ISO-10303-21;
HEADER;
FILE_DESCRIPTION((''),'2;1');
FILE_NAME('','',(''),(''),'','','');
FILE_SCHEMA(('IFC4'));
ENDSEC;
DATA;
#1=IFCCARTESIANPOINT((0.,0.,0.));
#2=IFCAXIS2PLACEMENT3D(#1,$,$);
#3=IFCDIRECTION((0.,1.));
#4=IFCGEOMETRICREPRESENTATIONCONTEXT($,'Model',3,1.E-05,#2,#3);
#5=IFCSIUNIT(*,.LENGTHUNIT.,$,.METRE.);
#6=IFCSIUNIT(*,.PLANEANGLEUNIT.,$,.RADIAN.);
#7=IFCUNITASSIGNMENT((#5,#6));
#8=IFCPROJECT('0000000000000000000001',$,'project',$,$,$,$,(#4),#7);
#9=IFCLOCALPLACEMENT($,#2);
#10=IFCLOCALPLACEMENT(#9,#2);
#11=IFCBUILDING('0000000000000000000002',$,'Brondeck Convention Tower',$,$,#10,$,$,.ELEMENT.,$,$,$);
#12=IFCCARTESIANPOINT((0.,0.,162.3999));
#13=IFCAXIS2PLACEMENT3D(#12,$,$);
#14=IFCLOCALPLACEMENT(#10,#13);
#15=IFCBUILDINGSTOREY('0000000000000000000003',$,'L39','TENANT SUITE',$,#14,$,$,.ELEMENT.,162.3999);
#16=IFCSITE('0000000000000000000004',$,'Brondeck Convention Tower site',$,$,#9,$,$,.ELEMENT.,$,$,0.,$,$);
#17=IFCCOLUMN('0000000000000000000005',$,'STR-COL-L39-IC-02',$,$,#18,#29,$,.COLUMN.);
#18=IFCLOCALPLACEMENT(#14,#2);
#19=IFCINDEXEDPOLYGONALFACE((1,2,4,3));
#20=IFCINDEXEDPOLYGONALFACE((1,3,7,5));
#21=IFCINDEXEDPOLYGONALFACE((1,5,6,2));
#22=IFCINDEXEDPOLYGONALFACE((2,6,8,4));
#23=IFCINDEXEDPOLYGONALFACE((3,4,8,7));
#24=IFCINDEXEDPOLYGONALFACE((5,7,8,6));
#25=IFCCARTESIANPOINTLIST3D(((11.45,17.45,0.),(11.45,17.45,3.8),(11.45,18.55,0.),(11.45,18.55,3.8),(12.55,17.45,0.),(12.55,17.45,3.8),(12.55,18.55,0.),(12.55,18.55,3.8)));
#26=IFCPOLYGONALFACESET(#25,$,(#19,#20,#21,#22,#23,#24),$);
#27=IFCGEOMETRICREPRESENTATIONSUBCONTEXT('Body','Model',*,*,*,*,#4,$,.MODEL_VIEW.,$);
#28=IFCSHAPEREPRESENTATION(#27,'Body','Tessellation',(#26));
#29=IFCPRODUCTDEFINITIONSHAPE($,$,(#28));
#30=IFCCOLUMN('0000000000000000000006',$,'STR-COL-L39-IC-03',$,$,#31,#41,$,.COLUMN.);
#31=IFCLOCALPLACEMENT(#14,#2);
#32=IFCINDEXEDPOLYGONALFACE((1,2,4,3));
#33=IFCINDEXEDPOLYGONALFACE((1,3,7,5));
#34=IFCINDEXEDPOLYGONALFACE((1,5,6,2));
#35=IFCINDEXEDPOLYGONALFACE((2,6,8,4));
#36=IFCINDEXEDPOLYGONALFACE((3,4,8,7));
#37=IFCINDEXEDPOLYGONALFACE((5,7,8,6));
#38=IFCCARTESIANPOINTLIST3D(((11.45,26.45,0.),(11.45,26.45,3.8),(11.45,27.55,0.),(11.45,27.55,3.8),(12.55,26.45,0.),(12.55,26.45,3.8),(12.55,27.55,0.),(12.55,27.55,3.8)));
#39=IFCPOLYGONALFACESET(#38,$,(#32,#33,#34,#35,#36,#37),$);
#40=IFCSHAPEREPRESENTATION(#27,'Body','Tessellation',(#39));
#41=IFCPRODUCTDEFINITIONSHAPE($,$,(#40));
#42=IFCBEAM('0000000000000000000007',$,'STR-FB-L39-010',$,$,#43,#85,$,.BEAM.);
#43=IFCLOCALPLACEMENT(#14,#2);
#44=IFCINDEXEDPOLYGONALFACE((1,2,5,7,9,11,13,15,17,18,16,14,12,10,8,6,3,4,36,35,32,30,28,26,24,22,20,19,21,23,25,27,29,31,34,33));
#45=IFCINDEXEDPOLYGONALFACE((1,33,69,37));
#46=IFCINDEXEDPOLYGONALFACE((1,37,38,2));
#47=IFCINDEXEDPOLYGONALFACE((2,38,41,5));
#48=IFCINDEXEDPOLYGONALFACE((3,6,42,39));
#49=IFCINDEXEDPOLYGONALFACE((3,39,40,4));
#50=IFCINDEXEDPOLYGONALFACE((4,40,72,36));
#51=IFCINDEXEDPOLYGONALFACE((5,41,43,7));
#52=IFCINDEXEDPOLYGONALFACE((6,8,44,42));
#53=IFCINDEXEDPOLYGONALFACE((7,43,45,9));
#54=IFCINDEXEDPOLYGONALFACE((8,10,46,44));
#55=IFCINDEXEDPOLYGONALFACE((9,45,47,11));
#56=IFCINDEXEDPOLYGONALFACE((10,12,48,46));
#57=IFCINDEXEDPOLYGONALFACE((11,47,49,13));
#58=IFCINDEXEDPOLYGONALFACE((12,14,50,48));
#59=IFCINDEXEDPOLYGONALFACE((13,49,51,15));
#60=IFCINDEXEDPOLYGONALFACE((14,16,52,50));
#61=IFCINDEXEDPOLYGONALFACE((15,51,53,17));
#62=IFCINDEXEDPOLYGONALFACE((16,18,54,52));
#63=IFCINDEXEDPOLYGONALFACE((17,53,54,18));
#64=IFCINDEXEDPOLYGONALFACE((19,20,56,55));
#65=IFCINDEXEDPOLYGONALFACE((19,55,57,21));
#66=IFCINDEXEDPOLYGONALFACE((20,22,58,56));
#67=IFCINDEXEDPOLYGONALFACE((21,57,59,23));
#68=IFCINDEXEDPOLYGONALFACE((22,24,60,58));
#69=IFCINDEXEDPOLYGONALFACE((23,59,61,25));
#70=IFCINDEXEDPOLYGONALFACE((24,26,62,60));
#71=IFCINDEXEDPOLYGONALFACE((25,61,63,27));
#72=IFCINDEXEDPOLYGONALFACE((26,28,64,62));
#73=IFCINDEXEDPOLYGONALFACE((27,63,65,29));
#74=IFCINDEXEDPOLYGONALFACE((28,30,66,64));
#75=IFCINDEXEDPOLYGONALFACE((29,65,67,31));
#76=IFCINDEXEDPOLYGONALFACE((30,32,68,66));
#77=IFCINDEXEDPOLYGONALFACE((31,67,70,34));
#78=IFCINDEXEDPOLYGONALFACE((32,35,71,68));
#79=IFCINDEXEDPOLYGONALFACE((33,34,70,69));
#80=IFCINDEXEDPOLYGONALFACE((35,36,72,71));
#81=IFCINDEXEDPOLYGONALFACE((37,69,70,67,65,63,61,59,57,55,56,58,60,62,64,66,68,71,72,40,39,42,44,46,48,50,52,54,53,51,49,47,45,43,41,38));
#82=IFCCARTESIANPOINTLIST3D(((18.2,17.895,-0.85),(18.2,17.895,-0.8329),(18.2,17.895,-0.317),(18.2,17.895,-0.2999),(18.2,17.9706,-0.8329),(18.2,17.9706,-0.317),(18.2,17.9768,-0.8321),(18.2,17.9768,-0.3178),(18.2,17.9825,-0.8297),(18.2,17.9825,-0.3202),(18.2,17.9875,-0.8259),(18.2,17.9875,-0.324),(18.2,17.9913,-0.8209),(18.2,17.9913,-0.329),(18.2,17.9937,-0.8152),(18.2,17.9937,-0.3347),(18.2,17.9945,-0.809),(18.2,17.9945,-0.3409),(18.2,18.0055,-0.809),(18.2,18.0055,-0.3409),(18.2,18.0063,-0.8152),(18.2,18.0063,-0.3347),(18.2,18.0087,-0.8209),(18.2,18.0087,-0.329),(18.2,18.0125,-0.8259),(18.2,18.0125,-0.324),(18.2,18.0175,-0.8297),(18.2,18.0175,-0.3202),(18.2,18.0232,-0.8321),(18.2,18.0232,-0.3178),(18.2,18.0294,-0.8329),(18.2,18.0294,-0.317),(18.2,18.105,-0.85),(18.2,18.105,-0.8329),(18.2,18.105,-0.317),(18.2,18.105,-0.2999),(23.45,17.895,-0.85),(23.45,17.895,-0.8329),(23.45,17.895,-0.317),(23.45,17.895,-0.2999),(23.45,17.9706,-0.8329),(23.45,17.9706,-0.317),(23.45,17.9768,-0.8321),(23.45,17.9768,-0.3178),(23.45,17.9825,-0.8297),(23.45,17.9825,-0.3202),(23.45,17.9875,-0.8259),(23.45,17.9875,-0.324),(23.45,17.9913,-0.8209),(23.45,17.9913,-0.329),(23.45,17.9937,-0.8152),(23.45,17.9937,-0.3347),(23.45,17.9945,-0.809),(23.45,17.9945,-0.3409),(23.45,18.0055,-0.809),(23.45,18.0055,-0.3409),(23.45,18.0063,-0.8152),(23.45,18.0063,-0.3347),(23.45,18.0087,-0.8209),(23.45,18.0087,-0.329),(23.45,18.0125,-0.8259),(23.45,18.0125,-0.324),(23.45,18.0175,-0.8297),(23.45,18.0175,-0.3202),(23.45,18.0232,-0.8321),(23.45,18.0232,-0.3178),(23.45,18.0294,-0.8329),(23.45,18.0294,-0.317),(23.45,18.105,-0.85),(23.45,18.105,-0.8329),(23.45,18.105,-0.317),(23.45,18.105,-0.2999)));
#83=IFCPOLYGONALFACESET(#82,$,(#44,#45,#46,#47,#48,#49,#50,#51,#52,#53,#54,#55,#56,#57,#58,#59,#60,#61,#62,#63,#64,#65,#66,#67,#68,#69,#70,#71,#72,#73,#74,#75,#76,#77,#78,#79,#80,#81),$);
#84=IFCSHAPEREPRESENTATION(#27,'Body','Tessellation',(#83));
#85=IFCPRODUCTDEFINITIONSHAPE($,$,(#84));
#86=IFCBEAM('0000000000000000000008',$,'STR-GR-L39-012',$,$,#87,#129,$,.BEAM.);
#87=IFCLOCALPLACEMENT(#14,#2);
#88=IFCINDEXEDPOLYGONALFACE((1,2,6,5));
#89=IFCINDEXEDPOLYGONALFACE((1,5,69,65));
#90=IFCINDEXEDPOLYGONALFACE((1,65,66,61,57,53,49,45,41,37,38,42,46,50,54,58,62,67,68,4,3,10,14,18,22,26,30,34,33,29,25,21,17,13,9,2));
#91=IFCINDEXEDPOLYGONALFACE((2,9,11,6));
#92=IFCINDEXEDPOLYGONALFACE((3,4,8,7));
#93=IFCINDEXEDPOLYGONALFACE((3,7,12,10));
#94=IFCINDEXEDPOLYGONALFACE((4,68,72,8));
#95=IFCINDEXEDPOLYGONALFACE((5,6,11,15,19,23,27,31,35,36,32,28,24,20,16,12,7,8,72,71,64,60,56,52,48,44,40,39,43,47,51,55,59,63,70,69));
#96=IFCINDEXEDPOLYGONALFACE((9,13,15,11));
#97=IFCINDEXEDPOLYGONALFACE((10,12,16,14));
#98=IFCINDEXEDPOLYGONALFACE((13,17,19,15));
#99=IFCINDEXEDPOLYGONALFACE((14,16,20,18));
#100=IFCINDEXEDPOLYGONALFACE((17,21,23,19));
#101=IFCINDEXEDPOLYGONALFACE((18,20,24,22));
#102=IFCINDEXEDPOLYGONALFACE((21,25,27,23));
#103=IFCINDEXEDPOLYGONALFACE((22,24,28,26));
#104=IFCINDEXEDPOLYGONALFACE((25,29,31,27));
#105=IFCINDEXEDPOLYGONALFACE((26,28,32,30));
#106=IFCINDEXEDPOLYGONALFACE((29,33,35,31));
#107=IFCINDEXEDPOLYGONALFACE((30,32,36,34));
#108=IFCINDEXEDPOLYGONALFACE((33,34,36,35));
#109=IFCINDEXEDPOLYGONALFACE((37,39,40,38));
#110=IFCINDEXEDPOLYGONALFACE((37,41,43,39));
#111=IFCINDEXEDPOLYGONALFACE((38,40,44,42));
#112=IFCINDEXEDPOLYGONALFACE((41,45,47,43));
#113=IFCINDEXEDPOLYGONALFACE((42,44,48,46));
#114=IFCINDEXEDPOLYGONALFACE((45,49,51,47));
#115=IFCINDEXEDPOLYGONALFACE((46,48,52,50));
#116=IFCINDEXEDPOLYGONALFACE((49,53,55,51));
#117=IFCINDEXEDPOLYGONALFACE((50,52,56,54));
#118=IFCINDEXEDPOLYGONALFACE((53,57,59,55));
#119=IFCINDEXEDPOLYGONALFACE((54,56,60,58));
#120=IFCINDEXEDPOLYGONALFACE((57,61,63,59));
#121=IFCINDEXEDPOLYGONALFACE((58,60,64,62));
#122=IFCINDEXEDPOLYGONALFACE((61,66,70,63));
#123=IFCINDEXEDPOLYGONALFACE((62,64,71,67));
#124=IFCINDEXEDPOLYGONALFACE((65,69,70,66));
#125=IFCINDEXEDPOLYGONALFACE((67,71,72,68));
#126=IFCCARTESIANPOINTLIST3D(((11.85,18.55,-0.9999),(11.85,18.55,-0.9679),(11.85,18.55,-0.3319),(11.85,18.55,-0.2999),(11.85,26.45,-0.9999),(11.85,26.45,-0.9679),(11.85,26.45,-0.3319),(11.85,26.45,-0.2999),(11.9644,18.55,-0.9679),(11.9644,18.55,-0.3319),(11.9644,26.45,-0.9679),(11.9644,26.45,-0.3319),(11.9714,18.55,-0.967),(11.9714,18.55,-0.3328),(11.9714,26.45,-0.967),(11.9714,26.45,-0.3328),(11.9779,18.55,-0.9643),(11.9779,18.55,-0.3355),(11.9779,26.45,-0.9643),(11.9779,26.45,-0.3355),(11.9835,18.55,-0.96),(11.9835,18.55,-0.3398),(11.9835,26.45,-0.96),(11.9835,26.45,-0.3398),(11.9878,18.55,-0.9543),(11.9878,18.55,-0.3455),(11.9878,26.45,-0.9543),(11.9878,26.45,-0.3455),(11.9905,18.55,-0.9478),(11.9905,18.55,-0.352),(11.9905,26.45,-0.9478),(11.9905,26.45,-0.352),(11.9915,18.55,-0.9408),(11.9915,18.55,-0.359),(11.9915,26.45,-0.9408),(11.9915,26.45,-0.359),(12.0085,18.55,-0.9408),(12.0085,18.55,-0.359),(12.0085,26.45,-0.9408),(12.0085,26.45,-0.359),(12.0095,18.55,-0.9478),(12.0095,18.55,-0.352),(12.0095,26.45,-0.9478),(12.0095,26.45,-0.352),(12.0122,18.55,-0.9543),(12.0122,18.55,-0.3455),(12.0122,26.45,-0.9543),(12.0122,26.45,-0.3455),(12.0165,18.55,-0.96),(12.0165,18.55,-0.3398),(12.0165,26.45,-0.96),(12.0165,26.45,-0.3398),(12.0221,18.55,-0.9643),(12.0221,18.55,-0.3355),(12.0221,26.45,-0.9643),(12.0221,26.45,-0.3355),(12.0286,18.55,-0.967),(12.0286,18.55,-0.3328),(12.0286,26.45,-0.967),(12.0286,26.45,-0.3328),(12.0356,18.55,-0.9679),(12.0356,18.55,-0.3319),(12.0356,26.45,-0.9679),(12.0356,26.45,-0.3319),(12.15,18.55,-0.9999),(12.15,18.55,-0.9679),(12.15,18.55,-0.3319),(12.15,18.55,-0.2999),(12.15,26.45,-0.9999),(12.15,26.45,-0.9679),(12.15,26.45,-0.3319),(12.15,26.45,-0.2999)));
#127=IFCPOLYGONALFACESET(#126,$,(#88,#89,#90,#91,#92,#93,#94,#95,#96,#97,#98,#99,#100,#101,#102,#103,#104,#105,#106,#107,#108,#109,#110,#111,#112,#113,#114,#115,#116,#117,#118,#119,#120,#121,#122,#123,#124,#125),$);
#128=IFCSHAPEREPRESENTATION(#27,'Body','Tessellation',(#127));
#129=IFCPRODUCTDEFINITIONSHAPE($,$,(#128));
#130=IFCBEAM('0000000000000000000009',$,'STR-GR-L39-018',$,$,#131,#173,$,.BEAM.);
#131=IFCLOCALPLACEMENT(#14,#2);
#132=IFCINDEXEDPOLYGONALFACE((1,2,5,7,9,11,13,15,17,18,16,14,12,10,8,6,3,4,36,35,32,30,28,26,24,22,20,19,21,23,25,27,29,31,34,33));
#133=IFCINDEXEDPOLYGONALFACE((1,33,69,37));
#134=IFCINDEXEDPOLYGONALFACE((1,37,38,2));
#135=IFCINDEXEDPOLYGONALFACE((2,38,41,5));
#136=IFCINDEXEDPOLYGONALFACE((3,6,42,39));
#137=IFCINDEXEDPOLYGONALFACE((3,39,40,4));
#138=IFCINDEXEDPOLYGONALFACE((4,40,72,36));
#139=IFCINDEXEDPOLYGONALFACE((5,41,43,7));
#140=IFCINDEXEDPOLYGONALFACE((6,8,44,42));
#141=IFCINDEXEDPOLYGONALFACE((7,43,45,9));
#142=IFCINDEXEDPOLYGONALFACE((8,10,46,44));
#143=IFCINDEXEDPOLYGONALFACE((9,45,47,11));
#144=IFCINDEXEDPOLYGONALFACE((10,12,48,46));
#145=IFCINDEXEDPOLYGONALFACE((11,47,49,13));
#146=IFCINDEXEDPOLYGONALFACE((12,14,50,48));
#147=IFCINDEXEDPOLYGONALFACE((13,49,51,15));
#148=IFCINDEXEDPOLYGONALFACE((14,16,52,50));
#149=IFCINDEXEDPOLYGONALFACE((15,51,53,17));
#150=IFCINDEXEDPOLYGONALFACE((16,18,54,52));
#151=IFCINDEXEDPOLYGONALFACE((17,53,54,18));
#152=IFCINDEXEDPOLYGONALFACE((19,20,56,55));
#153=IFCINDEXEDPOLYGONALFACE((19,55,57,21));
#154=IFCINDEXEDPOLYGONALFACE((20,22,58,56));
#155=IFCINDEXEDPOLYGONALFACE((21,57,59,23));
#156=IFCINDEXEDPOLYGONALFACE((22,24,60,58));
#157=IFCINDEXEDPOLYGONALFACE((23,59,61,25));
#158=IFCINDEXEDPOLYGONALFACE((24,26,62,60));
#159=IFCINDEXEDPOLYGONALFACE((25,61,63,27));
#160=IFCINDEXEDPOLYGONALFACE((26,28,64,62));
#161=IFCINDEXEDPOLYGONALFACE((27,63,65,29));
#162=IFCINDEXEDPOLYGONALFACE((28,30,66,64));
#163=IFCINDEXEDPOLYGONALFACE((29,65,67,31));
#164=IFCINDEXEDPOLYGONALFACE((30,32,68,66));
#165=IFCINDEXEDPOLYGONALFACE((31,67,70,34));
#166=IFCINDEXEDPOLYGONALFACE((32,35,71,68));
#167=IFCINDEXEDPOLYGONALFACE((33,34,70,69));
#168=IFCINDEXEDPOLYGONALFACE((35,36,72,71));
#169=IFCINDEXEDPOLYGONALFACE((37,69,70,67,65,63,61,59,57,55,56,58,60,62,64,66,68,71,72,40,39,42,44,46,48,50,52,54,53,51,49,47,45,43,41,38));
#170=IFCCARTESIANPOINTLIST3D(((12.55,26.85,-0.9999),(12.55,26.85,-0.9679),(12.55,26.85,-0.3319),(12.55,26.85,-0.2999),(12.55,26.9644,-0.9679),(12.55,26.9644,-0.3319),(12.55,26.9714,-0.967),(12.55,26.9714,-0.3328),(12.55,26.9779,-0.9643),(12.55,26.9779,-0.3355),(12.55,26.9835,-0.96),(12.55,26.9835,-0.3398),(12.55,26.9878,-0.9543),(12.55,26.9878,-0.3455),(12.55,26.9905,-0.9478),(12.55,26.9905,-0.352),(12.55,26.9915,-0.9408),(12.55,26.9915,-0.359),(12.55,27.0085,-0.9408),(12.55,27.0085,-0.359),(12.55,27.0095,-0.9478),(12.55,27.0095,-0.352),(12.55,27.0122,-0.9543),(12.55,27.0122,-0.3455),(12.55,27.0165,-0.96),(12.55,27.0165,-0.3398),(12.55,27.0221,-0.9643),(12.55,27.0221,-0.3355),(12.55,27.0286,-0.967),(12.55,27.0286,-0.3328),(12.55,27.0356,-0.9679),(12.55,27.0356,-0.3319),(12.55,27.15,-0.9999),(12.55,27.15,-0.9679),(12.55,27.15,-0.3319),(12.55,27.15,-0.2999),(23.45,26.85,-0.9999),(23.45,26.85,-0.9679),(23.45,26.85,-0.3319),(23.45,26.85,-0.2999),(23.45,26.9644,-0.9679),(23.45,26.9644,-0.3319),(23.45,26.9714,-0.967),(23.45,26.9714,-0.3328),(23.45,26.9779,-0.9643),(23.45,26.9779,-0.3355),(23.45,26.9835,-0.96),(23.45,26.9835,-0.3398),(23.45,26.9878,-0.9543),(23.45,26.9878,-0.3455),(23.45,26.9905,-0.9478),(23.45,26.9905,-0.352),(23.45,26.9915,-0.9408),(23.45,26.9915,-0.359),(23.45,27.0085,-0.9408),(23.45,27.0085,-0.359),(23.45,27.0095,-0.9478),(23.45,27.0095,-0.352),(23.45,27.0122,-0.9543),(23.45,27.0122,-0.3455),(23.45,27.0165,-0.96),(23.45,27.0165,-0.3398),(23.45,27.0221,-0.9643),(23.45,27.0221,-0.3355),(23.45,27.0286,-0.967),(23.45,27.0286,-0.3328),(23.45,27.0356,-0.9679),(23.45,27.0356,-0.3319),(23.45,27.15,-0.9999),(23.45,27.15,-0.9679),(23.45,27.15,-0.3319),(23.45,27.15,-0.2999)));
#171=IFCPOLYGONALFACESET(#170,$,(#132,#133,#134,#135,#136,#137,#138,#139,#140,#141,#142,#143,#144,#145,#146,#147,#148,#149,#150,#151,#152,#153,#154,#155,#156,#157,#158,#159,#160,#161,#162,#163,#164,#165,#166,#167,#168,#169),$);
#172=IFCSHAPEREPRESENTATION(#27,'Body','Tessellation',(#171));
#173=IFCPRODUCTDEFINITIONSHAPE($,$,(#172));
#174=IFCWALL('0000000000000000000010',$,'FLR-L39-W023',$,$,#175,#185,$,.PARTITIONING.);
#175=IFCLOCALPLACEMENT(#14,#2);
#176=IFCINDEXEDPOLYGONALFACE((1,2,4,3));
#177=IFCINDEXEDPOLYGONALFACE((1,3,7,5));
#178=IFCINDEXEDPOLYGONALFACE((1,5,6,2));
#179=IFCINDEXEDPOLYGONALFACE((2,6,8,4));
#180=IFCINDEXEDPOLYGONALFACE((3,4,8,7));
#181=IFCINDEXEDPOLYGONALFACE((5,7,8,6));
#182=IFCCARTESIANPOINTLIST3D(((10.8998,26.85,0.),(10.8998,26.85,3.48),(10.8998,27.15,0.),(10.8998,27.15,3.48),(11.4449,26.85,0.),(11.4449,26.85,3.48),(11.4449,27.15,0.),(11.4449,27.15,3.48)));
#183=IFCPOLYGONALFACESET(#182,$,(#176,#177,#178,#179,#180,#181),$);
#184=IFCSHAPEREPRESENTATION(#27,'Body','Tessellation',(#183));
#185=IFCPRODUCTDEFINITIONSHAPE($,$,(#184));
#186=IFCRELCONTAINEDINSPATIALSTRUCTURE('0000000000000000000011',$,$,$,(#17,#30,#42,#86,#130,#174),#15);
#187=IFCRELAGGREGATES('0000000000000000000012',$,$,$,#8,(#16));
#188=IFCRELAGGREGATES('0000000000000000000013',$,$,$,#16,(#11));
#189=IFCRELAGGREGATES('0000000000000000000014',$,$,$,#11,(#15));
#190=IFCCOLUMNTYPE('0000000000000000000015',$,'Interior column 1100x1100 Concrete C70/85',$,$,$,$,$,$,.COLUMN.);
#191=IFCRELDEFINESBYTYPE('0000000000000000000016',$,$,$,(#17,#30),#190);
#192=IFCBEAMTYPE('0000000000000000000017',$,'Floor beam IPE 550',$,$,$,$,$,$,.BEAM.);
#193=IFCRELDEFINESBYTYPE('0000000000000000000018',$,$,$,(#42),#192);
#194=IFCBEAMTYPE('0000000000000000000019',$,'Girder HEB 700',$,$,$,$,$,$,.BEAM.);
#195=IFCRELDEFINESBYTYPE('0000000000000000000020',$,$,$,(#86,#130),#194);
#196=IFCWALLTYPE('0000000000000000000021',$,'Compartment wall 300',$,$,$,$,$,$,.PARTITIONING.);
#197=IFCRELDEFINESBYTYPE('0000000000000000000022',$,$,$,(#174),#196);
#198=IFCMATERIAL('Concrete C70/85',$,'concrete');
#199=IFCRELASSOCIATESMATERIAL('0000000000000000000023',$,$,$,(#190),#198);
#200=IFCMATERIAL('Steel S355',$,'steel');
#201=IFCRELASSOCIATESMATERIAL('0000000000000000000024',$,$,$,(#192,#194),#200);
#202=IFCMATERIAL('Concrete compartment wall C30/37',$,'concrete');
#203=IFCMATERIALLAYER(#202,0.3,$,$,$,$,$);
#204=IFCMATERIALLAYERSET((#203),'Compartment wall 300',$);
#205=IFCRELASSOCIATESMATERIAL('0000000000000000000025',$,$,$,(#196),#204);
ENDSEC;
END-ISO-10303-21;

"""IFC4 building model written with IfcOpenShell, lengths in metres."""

from ifc_helpers import new_model, si_unit, direction, frame, frame_2d, origin, origin_2d, place, context, subcontext, project, spatial, rectangle, i_section, extrude, material, layer, layer_set, material_profile, profile_set, type_object, element, save


model = new_model("IFC4")

# Units and contexts
model_context = context("Model", 3, precision=1e-05, world=origin(), true_north=direction((0.0, 1.0)))
body_context = subcontext(model_context, "Body", "Model", "MODEL_VIEW")
ifc_project = project(units=[si_unit("LENGTHUNIT", "METRE"), si_unit("PLANEANGLEUNIT", "RADIAN")], contexts=[model_context])

# Site, building, storey
site_placement = place(None, origin())
site = spatial("IfcSite", under=ifc_project, at=site_placement, Name="Brondeck Convention Tower site", CompositionType="ELEMENT", RefElevation=0.0)
building_placement = place(site_placement, origin())
building = spatial("IfcBuilding", under=site, at=building_placement, Name="Brondeck Convention Tower", CompositionType="ELEMENT")
storey_placement = place(building_placement, frame((0.0, 0.0, 162.3999)))
storey = spatial("IfcBuildingStorey", under=building, at=storey_placement, Name="L39", Description="TENANT SUITE", CompositionType="ELEMENT", Elevation=162.3999)

# Columns
ifc_material_1 = material(Name="Concrete C70/85", Category="concrete")
ifc_material_profile_1 = material_profile(ifc_material_1, rectangle(XDim=1.1001, YDim=1.1001, at=origin_2d()), Name="Interior column 1100x1100 Concrete C70/85")
ifc_profile_set_1 = profile_set([ifc_material_profile_1], Name="Concrete C70/85")
column_type = type_object("IfcColumnType", Name="Interior column 1100x1100 Concrete C70/85", PredefinedType="COLUMN", material=ifc_profile_set_1)
for number, where, z_axis, x_axis, name in (
    (1, (12.0, 18.0, 0.0), (0.0, 0.0, 1.0), (1.0, 0.0, 0.0), "STR-COL-L39-IC-02"),
    (2, (12.0, 27.0, 0.0), (0.0, 0.0, 1.0), (1.0, 0.0, 0.0), "STR-COL-L39-IC-03"),
):
    element("IfcColumn", number, at=place(storey_placement, frame(where, z_axis=z_axis, x_axis=x_axis)), inside=storey, type_object=column_type, Name=name, PredefinedType="COLUMN", context=body_context, shape_type="SweptSolid", body=[
        extrude(rectangle(XDim=1.1001, YDim=1.1001, at=origin_2d()), origin(), (0.0, 0.0, 1.0), 3.8),
    ])

# Beams
ifc_material_2 = material(Name="Steel S355", Category="steel")
ifc_material_profile_2 = material_profile(ifc_material_2, i_section(OverallWidth=0.21, OverallDepth=0.55, WebThickness=0.011, FlangeThickness=0.0171, FilletRadius=0.0239, at=origin_2d()), Name="IPE 550")
ifc_profile_set_2 = profile_set([ifc_material_profile_2], Name="Steel S355")
beam_type_1 = type_object("IfcBeamType", Name="Floor beam IPE 550", PredefinedType="BEAM", material=ifc_profile_set_2)
beam_1_placement = place(storey_placement, frame((18.2, 18.0, -0.575), z_axis=(1.0, 0.0, 0.0), x_axis=(0.0, 1.0, 0.0)))
element("IfcBeam", 3, at=beam_1_placement, inside=storey, type_object=beam_type_1, Name="STR-FB-L39-010", PredefinedType="BEAM", context=body_context, shape_type="SweptSolid", body=[
    extrude(i_section(OverallWidth=0.21, OverallDepth=0.55, WebThickness=0.011, FlangeThickness=0.0171, FilletRadius=0.0239, at=origin_2d()), origin(), (0.0, 0.0, 1.0), 5.25),
])
ifc_material_profile_3 = material_profile(ifc_material_2, i_section(OverallWidth=0.3, OverallDepth=0.7, WebThickness=0.0171, FlangeThickness=0.032, FilletRadius=0.0271, at=origin_2d()), Name="HEB 700")
ifc_profile_set_3 = profile_set([ifc_material_profile_3], Name="Steel S355")
beam_type_2 = type_object("IfcBeamType", Name="Girder HEB 700", PredefinedType="BEAM", material=ifc_profile_set_3)
beam_2_placement = place(storey_placement, frame((12.0, 26.45, -0.6499), z_axis=(0.0, -1.0, 0.0), x_axis=(1.0, 0.0, 0.0)))
element("IfcBeam", 4, at=beam_2_placement, inside=storey, type_object=beam_type_2, Name="STR-GR-L39-012", PredefinedType="BEAM", context=body_context, shape_type="SweptSolid", body=[
    extrude(i_section(OverallWidth=0.3, OverallDepth=0.7, WebThickness=0.0171, FlangeThickness=0.032, FilletRadius=0.0271, at=origin_2d()), origin(), (0.0, 0.0, 1.0), 7.8999),
])
beam_3_placement = place(storey_placement, frame((12.55, 27.0, -0.6499), z_axis=(1.0, 0.0, 0.0), x_axis=(0.0, 1.0, 0.0)))
element("IfcBeam", 5, at=beam_3_placement, inside=storey, type_object=beam_type_2, Name="STR-GR-L39-018", PredefinedType="BEAM", context=body_context, shape_type="SweptSolid", body=[
    extrude(i_section(OverallWidth=0.3, OverallDepth=0.7, WebThickness=0.0171, FlangeThickness=0.032, FilletRadius=0.0271, at=origin_2d()), origin(), (0.0, 0.0, 1.0), 10.8999),
])

# Wall
ifc_material_3 = material(Name="Concrete compartment wall C30/37", Category="concrete")
ifc_layer_1 = layer(ifc_material_3, 0.3)
ifc_layer_set_1 = layer_set([ifc_layer_1], Name="Compartment wall 300")
wall_type_1 = type_object("IfcWallType", Name="Compartment wall 300", PredefinedType="PARTITIONING", material=ifc_layer_set_1)
wall_1_placement = place(storey_placement, frame((10.8999, 27.0, 0.0), z_axis=(0.0, 0.0, 1.0), x_axis=(1.0, 0.0, 0.0)))
element("IfcWall", 6, at=wall_1_placement, inside=storey, type_object=wall_type_1, Name="FLR-L39-W023", PredefinedType="PARTITIONING", context=body_context, shape_type="SweptSolid", body=[
    extrude(rectangle(XDim=0.5452, YDim=0.3, at=frame_2d((0.2725, 0.0))), origin(), (0.0, 0.0, 1.0), 3.48),
])

save(model, "model.ifc")
